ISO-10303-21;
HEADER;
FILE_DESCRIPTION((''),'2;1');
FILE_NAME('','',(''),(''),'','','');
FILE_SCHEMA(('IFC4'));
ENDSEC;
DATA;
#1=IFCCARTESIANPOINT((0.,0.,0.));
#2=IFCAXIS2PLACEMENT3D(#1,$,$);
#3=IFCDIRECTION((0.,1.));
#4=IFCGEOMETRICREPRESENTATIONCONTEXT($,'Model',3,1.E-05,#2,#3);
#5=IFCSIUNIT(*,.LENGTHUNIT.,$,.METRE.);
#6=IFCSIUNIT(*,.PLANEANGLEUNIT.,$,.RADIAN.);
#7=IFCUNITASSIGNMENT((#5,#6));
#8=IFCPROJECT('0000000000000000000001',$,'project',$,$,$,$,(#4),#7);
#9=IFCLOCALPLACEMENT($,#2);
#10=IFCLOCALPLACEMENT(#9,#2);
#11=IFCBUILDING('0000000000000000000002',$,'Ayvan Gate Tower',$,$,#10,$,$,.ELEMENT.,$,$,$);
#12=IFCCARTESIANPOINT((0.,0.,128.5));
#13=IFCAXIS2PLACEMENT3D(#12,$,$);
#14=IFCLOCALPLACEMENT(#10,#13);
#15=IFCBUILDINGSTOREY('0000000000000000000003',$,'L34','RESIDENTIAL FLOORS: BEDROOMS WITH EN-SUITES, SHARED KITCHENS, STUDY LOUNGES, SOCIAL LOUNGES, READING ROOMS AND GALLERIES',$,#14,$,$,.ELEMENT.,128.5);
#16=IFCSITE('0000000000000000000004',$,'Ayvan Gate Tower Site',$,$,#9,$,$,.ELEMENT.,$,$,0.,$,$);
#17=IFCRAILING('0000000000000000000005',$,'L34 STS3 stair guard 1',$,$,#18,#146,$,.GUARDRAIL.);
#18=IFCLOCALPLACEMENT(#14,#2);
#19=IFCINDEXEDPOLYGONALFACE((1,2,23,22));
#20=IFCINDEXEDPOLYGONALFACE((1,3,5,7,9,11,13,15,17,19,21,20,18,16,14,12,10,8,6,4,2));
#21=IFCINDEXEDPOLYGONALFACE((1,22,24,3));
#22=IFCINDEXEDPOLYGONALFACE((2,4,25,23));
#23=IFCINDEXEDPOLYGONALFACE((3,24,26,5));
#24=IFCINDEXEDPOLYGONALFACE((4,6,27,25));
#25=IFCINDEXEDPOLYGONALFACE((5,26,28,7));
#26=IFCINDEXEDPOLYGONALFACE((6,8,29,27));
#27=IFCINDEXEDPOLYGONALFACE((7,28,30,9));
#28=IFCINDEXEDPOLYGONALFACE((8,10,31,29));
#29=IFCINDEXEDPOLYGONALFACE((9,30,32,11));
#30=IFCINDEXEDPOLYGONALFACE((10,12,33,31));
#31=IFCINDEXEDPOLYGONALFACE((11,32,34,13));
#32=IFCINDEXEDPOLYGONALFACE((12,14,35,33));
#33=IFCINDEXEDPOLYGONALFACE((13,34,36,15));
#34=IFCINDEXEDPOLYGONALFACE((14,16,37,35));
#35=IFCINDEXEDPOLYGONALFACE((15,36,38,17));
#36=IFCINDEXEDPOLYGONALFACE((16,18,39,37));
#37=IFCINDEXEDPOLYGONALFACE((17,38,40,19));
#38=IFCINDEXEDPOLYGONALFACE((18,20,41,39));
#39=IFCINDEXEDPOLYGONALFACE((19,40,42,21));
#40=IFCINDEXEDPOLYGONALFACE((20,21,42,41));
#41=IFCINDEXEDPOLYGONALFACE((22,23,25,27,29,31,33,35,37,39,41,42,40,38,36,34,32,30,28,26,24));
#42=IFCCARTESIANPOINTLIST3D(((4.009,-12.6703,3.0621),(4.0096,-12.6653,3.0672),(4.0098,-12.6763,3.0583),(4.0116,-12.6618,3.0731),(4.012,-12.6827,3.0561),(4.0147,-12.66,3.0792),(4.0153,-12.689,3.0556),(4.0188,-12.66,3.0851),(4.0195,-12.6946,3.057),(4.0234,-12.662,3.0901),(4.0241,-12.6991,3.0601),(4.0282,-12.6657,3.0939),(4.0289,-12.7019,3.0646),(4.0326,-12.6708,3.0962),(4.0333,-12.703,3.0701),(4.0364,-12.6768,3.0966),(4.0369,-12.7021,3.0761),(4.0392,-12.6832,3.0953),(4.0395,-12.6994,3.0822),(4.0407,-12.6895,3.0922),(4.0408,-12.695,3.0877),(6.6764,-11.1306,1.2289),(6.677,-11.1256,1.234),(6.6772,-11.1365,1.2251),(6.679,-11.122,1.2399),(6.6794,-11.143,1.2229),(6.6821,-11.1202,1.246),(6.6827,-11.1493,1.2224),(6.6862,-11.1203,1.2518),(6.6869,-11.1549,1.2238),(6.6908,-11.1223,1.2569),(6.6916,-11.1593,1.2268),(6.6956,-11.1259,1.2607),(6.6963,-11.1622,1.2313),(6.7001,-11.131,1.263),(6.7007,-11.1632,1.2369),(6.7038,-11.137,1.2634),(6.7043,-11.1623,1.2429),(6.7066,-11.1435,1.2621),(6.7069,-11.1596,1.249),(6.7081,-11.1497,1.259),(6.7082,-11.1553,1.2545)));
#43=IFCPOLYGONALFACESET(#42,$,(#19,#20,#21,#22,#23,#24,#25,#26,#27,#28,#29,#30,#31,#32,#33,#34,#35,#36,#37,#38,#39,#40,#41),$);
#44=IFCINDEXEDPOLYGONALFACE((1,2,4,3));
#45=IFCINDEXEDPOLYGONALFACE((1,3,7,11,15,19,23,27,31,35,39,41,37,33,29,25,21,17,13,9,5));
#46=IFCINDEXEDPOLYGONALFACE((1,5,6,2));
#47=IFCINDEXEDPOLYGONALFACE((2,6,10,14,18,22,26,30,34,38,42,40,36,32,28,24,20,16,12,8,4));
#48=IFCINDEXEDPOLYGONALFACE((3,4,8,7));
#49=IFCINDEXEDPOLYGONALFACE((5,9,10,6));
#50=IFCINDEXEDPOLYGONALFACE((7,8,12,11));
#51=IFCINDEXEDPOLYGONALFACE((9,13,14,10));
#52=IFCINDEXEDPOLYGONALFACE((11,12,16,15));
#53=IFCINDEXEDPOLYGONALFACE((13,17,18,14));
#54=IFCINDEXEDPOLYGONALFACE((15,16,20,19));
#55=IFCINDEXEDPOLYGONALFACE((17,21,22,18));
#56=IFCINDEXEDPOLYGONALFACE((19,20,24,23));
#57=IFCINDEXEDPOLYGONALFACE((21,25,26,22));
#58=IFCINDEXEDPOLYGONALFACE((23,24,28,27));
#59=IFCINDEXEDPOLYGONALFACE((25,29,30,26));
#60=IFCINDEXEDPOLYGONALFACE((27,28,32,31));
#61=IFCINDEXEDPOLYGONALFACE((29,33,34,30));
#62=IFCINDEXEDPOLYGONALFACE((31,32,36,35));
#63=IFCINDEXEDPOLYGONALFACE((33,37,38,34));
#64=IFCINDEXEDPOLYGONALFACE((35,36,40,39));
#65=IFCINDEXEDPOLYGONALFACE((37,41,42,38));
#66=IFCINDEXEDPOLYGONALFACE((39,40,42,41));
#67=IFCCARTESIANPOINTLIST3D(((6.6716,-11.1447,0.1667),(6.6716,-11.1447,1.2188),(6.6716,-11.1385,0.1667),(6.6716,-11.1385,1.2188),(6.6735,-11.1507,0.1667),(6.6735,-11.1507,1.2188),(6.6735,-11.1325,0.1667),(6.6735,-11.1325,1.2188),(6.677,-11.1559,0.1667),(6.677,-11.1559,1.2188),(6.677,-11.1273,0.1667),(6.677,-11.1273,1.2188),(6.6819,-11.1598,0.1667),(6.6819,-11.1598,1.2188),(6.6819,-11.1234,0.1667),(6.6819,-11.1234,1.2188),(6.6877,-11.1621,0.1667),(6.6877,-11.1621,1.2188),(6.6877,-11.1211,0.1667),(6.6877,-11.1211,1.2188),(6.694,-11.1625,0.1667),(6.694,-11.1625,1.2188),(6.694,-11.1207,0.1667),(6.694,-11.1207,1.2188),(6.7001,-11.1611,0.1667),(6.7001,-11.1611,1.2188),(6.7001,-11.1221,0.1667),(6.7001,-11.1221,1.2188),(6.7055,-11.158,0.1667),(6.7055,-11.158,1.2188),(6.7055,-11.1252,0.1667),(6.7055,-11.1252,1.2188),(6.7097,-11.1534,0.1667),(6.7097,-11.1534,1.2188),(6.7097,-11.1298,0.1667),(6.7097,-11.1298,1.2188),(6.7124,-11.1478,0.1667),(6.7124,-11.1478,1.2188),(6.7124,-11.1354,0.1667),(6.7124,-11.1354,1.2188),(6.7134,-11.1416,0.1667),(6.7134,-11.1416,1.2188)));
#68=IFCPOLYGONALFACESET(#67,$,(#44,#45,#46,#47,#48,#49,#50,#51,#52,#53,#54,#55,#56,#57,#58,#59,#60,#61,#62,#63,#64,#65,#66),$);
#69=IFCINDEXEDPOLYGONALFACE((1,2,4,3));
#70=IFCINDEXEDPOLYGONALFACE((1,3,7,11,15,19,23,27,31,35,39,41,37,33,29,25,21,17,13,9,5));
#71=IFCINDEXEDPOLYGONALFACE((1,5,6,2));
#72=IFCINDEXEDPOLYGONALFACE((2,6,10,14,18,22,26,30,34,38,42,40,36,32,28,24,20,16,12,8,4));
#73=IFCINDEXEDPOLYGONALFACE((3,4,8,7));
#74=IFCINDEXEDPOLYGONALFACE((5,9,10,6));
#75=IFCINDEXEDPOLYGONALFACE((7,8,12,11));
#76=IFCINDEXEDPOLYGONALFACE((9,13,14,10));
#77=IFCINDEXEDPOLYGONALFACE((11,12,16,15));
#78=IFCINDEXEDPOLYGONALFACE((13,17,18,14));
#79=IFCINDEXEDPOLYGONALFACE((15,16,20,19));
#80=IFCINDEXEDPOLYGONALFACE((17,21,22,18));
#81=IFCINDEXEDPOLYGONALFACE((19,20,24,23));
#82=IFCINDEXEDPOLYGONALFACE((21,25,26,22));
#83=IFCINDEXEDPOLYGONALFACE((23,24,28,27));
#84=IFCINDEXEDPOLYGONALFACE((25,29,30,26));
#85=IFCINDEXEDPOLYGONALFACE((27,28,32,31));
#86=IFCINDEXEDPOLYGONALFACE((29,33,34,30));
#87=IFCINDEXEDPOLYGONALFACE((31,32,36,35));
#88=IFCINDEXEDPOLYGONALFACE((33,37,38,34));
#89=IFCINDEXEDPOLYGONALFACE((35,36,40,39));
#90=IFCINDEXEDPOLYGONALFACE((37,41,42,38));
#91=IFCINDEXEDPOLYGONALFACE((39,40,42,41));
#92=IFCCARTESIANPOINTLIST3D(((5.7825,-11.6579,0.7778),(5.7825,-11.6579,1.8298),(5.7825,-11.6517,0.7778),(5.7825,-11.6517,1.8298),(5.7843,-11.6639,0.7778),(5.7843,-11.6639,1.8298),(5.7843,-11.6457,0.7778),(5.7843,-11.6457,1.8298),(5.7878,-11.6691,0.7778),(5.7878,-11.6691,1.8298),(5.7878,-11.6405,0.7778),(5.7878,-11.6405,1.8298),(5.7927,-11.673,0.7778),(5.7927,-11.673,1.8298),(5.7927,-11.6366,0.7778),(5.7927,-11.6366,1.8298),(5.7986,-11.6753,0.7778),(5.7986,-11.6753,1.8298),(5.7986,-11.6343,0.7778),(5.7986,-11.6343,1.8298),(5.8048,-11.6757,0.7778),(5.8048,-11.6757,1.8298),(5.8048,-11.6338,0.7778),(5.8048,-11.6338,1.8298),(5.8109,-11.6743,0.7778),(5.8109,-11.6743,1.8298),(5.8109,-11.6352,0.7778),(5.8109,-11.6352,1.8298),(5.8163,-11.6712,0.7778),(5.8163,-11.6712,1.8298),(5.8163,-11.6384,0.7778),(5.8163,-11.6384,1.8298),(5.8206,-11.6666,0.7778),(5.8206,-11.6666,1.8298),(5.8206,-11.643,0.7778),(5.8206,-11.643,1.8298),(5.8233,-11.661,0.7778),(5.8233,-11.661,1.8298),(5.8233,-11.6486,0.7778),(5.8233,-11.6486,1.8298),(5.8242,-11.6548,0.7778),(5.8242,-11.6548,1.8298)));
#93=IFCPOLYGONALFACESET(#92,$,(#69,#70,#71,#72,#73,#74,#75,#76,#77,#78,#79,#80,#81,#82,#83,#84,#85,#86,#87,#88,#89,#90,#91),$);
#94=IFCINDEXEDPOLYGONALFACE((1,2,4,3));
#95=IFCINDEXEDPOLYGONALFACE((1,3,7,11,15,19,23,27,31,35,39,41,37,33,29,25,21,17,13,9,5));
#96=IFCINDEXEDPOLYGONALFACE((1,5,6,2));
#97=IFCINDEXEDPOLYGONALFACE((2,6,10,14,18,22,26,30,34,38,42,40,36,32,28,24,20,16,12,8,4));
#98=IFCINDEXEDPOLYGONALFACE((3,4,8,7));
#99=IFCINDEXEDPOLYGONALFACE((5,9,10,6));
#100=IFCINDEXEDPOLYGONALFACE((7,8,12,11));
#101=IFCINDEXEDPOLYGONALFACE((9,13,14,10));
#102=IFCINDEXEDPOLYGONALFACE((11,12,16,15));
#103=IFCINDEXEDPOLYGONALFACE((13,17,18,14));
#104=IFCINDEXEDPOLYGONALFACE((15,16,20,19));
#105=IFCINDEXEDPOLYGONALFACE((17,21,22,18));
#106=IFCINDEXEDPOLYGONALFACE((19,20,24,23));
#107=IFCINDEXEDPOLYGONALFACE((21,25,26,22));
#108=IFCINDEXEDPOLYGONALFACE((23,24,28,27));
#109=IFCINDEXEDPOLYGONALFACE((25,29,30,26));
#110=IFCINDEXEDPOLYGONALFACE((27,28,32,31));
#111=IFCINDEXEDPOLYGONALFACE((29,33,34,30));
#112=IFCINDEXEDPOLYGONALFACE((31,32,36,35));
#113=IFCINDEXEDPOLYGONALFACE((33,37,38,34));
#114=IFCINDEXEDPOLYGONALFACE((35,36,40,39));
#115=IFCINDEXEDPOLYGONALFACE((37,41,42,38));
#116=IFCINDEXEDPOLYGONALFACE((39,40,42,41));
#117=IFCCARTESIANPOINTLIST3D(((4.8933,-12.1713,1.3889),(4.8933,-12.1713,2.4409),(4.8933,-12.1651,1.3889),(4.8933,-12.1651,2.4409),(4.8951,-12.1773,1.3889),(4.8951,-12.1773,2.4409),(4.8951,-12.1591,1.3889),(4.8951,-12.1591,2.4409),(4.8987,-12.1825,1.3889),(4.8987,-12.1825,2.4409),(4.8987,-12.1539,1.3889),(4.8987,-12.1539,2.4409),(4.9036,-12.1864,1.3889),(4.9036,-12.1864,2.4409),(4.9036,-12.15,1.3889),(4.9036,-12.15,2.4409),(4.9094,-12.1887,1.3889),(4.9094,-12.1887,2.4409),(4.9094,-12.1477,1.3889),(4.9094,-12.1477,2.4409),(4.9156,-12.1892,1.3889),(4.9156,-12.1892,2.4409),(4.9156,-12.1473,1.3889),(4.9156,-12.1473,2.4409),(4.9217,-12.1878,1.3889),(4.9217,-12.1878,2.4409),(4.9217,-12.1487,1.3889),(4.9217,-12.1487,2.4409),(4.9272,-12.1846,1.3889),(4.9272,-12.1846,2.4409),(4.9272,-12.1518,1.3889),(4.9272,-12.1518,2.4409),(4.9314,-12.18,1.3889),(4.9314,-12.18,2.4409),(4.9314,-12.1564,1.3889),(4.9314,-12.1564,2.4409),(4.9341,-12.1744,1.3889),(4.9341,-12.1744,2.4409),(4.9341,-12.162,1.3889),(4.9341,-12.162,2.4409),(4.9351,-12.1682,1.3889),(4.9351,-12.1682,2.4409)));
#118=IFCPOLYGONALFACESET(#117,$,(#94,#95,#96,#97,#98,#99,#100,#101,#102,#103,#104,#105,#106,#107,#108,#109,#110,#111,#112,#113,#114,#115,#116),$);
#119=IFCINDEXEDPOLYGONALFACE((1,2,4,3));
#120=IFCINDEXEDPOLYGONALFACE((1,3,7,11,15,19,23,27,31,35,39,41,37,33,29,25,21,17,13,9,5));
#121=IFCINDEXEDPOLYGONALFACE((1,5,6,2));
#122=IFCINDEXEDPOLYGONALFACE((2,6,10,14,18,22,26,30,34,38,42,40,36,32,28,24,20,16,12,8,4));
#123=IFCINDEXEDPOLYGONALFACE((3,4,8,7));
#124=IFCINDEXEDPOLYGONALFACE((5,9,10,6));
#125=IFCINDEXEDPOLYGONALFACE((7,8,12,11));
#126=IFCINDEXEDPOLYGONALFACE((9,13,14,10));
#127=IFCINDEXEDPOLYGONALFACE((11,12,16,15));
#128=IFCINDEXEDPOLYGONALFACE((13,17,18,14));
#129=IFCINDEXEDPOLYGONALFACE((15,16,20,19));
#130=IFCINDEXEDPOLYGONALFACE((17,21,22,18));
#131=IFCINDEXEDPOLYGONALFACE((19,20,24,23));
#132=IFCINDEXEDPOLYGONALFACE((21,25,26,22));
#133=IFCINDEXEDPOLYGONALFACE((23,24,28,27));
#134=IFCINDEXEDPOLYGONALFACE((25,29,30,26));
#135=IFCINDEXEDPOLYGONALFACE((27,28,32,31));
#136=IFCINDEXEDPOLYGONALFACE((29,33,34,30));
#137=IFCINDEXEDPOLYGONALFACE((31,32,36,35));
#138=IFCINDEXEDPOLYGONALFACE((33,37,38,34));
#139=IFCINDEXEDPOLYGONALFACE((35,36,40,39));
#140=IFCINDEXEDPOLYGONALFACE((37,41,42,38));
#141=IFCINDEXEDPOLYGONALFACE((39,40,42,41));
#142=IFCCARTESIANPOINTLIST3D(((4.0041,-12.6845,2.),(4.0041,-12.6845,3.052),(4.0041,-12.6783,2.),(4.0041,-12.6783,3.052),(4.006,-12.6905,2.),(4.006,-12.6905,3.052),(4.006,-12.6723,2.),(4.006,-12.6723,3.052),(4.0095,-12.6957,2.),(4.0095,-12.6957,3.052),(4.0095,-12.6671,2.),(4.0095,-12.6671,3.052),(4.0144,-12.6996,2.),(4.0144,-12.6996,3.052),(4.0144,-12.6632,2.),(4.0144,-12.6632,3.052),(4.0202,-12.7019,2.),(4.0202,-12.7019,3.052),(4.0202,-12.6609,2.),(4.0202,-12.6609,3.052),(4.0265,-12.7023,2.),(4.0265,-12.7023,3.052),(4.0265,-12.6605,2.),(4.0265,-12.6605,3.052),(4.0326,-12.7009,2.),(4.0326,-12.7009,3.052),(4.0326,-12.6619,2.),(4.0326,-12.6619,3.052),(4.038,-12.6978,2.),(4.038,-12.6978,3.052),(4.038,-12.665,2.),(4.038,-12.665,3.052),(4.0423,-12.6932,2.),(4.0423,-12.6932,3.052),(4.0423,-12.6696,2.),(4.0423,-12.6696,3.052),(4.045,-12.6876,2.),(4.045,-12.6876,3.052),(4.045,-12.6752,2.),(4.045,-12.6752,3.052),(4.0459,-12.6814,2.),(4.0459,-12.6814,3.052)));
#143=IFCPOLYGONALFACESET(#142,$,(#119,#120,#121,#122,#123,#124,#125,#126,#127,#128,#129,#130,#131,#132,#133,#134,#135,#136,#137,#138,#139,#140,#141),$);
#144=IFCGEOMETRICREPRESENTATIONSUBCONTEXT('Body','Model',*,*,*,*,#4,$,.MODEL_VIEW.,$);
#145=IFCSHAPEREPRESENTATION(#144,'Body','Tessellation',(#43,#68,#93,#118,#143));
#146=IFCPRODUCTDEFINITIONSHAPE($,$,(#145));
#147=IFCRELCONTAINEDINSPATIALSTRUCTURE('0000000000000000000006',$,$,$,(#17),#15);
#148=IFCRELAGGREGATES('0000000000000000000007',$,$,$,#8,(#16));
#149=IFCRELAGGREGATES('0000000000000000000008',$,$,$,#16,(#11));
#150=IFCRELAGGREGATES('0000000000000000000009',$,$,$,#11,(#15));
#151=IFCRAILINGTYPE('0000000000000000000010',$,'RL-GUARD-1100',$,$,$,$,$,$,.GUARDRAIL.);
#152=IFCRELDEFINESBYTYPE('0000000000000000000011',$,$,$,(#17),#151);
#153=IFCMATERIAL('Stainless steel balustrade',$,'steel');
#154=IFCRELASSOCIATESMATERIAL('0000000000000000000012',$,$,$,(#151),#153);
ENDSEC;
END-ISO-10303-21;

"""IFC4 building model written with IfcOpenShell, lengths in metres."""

from ifc_helpers import new_model, si_unit, direction, frame, origin, origin_2d, place, context, subcontext, project, spatial, circle, extrude, material, type_object, element, save


model = new_model("IFC4")

# Units and contexts
model_context = context("Model", 3, precision=1e-05, world=origin(), true_north=direction((0.0, 1.0)))
body_context = subcontext(model_context, "Body", "Model", "MODEL_VIEW")
ifc_project = project(units=[si_unit("LENGTHUNIT", "METRE"), si_unit("PLANEANGLEUNIT", "RADIAN")], contexts=[model_context])

# Site, building, storey
site_placement = place(None, origin())
site = spatial("IfcSite", under=ifc_project, at=site_placement, Name="Ayvan Gate Tower Site", CompositionType="ELEMENT", RefElevation=0.0)
building_placement = place(site_placement, origin())
building = spatial("IfcBuilding", under=site, at=building_placement, Name="Ayvan Gate Tower", CompositionType="ELEMENT")
storey_placement = place(building_placement, frame((0.0, 0.0, 128.5)))
storey = spatial("IfcBuildingStorey", under=building, at=storey_placement, Name="L34", Description="RESIDENTIAL FLOORS: BEDROOMS WITH EN-SUITES, SHARED KITCHENS, STUDY LOUNGES, SOCIAL LOUNGES, READING ROOMS AND GALLERIES", CompositionType="ELEMENT", Elevation=128.5)

# Railing
ifc_material_1 = material(Name="Stainless steel balustrade", Category="steel")
railing_type_1 = type_object("IfcRailingType", Name="RL-GUARD-1100", PredefinedType="GUARDRAIL", material=ifc_material_1)
railing_1_placement = place(storey_placement, frame((6.6924, -11.1416, 0.1667)))
element("IfcRailing", 1, at=railing_1_placement, inside=storey, type_object=railing_type_1, Name="L34 STS3 stair guard 1", PredefinedType="GUARDRAIL", context=body_context, shape_type="SweptSolid", body=[
    extrude(circle(Radius=0.0239, at=origin_2d()), frame((0.0, 0.0, 1.0762), z_axis=(-0.744212, -0.429594, 0.511467), x_axis=(0.499933, -0.866064, 0.0)), (0.0, 0.0, 1.0), 3.5842),
    extrude(circle(Radius=0.021, at=origin_2d()), origin(), (0.0, 0.0, 1.0), 1.052),
    extrude(circle(Radius=0.021, at=origin_2d()), frame((-0.8892, -0.5132, 0.6111)), (0.0, 0.0, 1.0), 1.052),
    extrude(circle(Radius=0.021, at=origin_2d()), frame((-1.7783, -1.0266, 1.2222)), (0.0, 0.0, 1.0), 1.052),
    extrude(circle(Radius=0.021, at=origin_2d()), frame((-2.6675, -1.5398, 1.8333)), (0.0, 0.0, 1.0), 1.052),
])

save(model, "model.ifc")
